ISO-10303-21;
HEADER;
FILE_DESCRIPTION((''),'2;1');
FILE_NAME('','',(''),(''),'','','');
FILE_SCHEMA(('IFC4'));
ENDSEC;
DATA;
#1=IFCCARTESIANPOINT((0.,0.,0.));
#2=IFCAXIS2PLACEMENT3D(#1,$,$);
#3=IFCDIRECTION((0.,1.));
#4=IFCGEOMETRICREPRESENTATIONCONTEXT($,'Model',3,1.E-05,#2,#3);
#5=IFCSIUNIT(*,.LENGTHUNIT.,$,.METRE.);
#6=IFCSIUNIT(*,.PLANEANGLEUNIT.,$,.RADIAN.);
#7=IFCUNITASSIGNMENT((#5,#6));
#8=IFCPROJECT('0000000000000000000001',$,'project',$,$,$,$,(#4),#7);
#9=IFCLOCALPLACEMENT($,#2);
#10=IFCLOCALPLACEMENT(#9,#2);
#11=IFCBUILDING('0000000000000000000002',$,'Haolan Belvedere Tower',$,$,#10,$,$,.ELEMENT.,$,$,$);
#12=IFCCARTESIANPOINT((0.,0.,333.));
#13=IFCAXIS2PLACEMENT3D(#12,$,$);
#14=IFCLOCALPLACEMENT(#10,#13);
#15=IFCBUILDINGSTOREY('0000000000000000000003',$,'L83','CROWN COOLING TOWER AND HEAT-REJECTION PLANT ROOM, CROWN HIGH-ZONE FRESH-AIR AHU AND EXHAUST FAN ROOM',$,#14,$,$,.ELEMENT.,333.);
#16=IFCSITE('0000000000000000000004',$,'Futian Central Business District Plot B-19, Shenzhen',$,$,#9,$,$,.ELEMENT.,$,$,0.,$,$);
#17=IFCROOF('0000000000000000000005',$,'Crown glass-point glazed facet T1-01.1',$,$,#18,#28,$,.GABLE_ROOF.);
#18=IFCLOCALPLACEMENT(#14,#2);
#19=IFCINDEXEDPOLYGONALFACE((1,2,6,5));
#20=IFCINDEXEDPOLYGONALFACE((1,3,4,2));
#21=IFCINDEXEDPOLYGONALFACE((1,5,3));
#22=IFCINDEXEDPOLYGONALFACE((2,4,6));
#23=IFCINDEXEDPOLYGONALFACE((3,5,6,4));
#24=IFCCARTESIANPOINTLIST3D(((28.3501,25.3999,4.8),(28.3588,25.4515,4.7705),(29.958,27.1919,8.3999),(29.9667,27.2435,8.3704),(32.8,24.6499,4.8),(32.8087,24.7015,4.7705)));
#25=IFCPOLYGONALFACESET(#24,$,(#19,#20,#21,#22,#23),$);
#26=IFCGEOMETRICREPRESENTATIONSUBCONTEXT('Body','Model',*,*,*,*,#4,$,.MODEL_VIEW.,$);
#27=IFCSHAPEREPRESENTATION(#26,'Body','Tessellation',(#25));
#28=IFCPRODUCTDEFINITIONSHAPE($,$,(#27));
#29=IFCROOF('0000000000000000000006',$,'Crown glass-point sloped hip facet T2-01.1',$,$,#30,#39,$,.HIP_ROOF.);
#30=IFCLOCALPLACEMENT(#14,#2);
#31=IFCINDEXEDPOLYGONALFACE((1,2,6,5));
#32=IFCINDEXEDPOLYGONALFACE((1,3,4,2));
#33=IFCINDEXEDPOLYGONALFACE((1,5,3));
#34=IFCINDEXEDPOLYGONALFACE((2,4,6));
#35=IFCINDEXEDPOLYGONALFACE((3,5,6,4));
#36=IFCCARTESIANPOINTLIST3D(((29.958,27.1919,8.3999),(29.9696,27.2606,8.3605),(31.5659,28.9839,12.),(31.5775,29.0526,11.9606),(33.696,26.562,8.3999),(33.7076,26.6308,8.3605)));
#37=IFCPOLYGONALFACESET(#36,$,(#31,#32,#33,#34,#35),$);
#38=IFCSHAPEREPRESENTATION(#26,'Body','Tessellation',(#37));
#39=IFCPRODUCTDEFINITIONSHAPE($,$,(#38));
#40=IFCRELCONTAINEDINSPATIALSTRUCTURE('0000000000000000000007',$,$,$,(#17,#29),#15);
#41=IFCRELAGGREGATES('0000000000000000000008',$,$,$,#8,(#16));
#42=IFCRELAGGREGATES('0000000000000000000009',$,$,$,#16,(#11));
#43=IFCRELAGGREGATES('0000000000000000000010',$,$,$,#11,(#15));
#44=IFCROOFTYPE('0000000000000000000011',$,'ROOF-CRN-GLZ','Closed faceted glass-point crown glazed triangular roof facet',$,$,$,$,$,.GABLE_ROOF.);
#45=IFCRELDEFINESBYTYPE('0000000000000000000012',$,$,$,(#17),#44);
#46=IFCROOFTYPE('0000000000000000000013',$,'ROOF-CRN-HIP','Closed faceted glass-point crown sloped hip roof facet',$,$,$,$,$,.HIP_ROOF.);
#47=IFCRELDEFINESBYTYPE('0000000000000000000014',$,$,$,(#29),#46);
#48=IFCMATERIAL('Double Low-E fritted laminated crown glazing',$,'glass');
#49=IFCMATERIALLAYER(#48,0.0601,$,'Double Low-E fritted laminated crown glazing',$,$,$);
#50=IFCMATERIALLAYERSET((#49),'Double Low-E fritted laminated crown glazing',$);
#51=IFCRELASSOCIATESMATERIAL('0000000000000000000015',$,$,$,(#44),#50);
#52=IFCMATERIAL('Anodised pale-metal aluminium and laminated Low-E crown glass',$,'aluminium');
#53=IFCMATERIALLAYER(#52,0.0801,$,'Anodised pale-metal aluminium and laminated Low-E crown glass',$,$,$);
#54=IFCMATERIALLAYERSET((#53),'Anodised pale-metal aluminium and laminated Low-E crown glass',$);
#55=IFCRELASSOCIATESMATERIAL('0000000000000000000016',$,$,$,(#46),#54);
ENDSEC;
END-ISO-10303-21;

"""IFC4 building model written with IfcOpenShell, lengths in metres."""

from ifc_helpers import new_model, si_unit, direction, frame, origin, place, context, subcontext, project, spatial, polyline, outline, extrude, material, layer, layer_set, type_object, element, save


model = new_model("IFC4")

# Units and contexts
model_context = context("Model", 3, precision=1e-05, world=origin(), true_north=direction((0.0, 1.0)))
body_context = subcontext(model_context, "Body", "Model", "MODEL_VIEW")
ifc_project = project(units=[si_unit("LENGTHUNIT", "METRE"), si_unit("PLANEANGLEUNIT", "RADIAN")], contexts=[model_context])

# Site, building, storey
site_placement = place(None, origin())
site = spatial("IfcSite", under=ifc_project, at=site_placement, Name="Futian Central Business District Plot B-19, Shenzhen", CompositionType="ELEMENT", RefElevation=0.0)
building_placement = place(site_placement, origin())
building = spatial("IfcBuilding", under=site, at=building_placement, Name="Haolan Belvedere Tower", CompositionType="ELEMENT")
storey_placement = place(building_placement, frame((0.0, 0.0, 333.0)))
storey = spatial("IfcBuildingStorey", under=building, at=storey_placement, Name="L83", Description="CROWN COOLING TOWER AND HEAT-REJECTION PLANT ROOM, CROWN HIGH-ZONE FRESH-AIR AHU AND EXHAUST FAN ROOM", CompositionType="ELEMENT", Elevation=333.0)

# Roofs
ifc_material_1 = material(Name="Double Low-E fritted laminated crown glazing", Category="glass")
ifc_layer_1 = layer(ifc_material_1, 0.0601, Name="Double Low-E fritted laminated crown glazing")
ifc_layer_set_1 = layer_set([ifc_layer_1], Name="Double Low-E fritted laminated crown glazing")
roof_type_1 = type_object("IfcRoofType", Name="ROOF-CRN-GLZ", Description="Closed faceted glass-point crown glazed triangular roof facet", PredefinedType="GABLE_ROOF", material=ifc_layer_set_1)
roof_1_placement = place(storey_placement, frame((28.3501, 25.3999, 4.8), z_axis=(-0.144692, -0.858496, 0.491984), x_axis=(0.986093, -0.166197, 0.0)))
element("IfcRoof", 1, at=roof_1_placement, inside=storey, type_object=roof_type_1, Name="Crown glass-point glazed facet T1-01.1", PredefinedType="GABLE_ROOF", context=body_context, shape_type="SweptSolid", body=[
    extrude(outline(polyline([(0.0, 0.0), (4.5127, 0.0), (1.2877, 4.1349), (0.0, 0.0)])), origin(), (0.0, 0.0, -1.0), 0.0601),
])
ifc_material_2 = material(Name="Anodised pale-metal aluminium and laminated Low-E crown glass", Category="aluminium")
ifc_layer_2 = layer(ifc_material_2, 0.0801, Name="Anodised pale-metal aluminium and laminated Low-E crown glass")
ifc_layer_set_2 = layer_set([ifc_layer_2], Name="Anodised pale-metal aluminium and laminated Low-E crown glass")
roof_type_2 = type_object("IfcRoofType", Name="ROOF-CRN-HIP", Description="Closed faceted glass-point crown sloped hip roof facet", PredefinedType="HIP_ROOF", material=ifc_layer_set_2)
roof_2_placement = place(storey_placement, frame((29.958, 27.1919, 8.3999), z_axis=(-0.144666, -0.85852, 0.491951), x_axis=(0.986098, -0.166164, 0.0)))
element("IfcRoof", 2, at=roof_2_placement, inside=storey, type_object=roof_type_2, Name="Crown glass-point sloped hip facet T2-01.1", PredefinedType="HIP_ROOF", context=body_context, shape_type="SweptSolid", body=[
    extrude(outline(polyline([(0.0, 0.0), (3.7907, 0.0), (1.2878, 4.1351), (0.0, 0.0)])), origin(), (0.0, 0.0, -1.0), 0.0801),
])

save(model, "model.ifc")
